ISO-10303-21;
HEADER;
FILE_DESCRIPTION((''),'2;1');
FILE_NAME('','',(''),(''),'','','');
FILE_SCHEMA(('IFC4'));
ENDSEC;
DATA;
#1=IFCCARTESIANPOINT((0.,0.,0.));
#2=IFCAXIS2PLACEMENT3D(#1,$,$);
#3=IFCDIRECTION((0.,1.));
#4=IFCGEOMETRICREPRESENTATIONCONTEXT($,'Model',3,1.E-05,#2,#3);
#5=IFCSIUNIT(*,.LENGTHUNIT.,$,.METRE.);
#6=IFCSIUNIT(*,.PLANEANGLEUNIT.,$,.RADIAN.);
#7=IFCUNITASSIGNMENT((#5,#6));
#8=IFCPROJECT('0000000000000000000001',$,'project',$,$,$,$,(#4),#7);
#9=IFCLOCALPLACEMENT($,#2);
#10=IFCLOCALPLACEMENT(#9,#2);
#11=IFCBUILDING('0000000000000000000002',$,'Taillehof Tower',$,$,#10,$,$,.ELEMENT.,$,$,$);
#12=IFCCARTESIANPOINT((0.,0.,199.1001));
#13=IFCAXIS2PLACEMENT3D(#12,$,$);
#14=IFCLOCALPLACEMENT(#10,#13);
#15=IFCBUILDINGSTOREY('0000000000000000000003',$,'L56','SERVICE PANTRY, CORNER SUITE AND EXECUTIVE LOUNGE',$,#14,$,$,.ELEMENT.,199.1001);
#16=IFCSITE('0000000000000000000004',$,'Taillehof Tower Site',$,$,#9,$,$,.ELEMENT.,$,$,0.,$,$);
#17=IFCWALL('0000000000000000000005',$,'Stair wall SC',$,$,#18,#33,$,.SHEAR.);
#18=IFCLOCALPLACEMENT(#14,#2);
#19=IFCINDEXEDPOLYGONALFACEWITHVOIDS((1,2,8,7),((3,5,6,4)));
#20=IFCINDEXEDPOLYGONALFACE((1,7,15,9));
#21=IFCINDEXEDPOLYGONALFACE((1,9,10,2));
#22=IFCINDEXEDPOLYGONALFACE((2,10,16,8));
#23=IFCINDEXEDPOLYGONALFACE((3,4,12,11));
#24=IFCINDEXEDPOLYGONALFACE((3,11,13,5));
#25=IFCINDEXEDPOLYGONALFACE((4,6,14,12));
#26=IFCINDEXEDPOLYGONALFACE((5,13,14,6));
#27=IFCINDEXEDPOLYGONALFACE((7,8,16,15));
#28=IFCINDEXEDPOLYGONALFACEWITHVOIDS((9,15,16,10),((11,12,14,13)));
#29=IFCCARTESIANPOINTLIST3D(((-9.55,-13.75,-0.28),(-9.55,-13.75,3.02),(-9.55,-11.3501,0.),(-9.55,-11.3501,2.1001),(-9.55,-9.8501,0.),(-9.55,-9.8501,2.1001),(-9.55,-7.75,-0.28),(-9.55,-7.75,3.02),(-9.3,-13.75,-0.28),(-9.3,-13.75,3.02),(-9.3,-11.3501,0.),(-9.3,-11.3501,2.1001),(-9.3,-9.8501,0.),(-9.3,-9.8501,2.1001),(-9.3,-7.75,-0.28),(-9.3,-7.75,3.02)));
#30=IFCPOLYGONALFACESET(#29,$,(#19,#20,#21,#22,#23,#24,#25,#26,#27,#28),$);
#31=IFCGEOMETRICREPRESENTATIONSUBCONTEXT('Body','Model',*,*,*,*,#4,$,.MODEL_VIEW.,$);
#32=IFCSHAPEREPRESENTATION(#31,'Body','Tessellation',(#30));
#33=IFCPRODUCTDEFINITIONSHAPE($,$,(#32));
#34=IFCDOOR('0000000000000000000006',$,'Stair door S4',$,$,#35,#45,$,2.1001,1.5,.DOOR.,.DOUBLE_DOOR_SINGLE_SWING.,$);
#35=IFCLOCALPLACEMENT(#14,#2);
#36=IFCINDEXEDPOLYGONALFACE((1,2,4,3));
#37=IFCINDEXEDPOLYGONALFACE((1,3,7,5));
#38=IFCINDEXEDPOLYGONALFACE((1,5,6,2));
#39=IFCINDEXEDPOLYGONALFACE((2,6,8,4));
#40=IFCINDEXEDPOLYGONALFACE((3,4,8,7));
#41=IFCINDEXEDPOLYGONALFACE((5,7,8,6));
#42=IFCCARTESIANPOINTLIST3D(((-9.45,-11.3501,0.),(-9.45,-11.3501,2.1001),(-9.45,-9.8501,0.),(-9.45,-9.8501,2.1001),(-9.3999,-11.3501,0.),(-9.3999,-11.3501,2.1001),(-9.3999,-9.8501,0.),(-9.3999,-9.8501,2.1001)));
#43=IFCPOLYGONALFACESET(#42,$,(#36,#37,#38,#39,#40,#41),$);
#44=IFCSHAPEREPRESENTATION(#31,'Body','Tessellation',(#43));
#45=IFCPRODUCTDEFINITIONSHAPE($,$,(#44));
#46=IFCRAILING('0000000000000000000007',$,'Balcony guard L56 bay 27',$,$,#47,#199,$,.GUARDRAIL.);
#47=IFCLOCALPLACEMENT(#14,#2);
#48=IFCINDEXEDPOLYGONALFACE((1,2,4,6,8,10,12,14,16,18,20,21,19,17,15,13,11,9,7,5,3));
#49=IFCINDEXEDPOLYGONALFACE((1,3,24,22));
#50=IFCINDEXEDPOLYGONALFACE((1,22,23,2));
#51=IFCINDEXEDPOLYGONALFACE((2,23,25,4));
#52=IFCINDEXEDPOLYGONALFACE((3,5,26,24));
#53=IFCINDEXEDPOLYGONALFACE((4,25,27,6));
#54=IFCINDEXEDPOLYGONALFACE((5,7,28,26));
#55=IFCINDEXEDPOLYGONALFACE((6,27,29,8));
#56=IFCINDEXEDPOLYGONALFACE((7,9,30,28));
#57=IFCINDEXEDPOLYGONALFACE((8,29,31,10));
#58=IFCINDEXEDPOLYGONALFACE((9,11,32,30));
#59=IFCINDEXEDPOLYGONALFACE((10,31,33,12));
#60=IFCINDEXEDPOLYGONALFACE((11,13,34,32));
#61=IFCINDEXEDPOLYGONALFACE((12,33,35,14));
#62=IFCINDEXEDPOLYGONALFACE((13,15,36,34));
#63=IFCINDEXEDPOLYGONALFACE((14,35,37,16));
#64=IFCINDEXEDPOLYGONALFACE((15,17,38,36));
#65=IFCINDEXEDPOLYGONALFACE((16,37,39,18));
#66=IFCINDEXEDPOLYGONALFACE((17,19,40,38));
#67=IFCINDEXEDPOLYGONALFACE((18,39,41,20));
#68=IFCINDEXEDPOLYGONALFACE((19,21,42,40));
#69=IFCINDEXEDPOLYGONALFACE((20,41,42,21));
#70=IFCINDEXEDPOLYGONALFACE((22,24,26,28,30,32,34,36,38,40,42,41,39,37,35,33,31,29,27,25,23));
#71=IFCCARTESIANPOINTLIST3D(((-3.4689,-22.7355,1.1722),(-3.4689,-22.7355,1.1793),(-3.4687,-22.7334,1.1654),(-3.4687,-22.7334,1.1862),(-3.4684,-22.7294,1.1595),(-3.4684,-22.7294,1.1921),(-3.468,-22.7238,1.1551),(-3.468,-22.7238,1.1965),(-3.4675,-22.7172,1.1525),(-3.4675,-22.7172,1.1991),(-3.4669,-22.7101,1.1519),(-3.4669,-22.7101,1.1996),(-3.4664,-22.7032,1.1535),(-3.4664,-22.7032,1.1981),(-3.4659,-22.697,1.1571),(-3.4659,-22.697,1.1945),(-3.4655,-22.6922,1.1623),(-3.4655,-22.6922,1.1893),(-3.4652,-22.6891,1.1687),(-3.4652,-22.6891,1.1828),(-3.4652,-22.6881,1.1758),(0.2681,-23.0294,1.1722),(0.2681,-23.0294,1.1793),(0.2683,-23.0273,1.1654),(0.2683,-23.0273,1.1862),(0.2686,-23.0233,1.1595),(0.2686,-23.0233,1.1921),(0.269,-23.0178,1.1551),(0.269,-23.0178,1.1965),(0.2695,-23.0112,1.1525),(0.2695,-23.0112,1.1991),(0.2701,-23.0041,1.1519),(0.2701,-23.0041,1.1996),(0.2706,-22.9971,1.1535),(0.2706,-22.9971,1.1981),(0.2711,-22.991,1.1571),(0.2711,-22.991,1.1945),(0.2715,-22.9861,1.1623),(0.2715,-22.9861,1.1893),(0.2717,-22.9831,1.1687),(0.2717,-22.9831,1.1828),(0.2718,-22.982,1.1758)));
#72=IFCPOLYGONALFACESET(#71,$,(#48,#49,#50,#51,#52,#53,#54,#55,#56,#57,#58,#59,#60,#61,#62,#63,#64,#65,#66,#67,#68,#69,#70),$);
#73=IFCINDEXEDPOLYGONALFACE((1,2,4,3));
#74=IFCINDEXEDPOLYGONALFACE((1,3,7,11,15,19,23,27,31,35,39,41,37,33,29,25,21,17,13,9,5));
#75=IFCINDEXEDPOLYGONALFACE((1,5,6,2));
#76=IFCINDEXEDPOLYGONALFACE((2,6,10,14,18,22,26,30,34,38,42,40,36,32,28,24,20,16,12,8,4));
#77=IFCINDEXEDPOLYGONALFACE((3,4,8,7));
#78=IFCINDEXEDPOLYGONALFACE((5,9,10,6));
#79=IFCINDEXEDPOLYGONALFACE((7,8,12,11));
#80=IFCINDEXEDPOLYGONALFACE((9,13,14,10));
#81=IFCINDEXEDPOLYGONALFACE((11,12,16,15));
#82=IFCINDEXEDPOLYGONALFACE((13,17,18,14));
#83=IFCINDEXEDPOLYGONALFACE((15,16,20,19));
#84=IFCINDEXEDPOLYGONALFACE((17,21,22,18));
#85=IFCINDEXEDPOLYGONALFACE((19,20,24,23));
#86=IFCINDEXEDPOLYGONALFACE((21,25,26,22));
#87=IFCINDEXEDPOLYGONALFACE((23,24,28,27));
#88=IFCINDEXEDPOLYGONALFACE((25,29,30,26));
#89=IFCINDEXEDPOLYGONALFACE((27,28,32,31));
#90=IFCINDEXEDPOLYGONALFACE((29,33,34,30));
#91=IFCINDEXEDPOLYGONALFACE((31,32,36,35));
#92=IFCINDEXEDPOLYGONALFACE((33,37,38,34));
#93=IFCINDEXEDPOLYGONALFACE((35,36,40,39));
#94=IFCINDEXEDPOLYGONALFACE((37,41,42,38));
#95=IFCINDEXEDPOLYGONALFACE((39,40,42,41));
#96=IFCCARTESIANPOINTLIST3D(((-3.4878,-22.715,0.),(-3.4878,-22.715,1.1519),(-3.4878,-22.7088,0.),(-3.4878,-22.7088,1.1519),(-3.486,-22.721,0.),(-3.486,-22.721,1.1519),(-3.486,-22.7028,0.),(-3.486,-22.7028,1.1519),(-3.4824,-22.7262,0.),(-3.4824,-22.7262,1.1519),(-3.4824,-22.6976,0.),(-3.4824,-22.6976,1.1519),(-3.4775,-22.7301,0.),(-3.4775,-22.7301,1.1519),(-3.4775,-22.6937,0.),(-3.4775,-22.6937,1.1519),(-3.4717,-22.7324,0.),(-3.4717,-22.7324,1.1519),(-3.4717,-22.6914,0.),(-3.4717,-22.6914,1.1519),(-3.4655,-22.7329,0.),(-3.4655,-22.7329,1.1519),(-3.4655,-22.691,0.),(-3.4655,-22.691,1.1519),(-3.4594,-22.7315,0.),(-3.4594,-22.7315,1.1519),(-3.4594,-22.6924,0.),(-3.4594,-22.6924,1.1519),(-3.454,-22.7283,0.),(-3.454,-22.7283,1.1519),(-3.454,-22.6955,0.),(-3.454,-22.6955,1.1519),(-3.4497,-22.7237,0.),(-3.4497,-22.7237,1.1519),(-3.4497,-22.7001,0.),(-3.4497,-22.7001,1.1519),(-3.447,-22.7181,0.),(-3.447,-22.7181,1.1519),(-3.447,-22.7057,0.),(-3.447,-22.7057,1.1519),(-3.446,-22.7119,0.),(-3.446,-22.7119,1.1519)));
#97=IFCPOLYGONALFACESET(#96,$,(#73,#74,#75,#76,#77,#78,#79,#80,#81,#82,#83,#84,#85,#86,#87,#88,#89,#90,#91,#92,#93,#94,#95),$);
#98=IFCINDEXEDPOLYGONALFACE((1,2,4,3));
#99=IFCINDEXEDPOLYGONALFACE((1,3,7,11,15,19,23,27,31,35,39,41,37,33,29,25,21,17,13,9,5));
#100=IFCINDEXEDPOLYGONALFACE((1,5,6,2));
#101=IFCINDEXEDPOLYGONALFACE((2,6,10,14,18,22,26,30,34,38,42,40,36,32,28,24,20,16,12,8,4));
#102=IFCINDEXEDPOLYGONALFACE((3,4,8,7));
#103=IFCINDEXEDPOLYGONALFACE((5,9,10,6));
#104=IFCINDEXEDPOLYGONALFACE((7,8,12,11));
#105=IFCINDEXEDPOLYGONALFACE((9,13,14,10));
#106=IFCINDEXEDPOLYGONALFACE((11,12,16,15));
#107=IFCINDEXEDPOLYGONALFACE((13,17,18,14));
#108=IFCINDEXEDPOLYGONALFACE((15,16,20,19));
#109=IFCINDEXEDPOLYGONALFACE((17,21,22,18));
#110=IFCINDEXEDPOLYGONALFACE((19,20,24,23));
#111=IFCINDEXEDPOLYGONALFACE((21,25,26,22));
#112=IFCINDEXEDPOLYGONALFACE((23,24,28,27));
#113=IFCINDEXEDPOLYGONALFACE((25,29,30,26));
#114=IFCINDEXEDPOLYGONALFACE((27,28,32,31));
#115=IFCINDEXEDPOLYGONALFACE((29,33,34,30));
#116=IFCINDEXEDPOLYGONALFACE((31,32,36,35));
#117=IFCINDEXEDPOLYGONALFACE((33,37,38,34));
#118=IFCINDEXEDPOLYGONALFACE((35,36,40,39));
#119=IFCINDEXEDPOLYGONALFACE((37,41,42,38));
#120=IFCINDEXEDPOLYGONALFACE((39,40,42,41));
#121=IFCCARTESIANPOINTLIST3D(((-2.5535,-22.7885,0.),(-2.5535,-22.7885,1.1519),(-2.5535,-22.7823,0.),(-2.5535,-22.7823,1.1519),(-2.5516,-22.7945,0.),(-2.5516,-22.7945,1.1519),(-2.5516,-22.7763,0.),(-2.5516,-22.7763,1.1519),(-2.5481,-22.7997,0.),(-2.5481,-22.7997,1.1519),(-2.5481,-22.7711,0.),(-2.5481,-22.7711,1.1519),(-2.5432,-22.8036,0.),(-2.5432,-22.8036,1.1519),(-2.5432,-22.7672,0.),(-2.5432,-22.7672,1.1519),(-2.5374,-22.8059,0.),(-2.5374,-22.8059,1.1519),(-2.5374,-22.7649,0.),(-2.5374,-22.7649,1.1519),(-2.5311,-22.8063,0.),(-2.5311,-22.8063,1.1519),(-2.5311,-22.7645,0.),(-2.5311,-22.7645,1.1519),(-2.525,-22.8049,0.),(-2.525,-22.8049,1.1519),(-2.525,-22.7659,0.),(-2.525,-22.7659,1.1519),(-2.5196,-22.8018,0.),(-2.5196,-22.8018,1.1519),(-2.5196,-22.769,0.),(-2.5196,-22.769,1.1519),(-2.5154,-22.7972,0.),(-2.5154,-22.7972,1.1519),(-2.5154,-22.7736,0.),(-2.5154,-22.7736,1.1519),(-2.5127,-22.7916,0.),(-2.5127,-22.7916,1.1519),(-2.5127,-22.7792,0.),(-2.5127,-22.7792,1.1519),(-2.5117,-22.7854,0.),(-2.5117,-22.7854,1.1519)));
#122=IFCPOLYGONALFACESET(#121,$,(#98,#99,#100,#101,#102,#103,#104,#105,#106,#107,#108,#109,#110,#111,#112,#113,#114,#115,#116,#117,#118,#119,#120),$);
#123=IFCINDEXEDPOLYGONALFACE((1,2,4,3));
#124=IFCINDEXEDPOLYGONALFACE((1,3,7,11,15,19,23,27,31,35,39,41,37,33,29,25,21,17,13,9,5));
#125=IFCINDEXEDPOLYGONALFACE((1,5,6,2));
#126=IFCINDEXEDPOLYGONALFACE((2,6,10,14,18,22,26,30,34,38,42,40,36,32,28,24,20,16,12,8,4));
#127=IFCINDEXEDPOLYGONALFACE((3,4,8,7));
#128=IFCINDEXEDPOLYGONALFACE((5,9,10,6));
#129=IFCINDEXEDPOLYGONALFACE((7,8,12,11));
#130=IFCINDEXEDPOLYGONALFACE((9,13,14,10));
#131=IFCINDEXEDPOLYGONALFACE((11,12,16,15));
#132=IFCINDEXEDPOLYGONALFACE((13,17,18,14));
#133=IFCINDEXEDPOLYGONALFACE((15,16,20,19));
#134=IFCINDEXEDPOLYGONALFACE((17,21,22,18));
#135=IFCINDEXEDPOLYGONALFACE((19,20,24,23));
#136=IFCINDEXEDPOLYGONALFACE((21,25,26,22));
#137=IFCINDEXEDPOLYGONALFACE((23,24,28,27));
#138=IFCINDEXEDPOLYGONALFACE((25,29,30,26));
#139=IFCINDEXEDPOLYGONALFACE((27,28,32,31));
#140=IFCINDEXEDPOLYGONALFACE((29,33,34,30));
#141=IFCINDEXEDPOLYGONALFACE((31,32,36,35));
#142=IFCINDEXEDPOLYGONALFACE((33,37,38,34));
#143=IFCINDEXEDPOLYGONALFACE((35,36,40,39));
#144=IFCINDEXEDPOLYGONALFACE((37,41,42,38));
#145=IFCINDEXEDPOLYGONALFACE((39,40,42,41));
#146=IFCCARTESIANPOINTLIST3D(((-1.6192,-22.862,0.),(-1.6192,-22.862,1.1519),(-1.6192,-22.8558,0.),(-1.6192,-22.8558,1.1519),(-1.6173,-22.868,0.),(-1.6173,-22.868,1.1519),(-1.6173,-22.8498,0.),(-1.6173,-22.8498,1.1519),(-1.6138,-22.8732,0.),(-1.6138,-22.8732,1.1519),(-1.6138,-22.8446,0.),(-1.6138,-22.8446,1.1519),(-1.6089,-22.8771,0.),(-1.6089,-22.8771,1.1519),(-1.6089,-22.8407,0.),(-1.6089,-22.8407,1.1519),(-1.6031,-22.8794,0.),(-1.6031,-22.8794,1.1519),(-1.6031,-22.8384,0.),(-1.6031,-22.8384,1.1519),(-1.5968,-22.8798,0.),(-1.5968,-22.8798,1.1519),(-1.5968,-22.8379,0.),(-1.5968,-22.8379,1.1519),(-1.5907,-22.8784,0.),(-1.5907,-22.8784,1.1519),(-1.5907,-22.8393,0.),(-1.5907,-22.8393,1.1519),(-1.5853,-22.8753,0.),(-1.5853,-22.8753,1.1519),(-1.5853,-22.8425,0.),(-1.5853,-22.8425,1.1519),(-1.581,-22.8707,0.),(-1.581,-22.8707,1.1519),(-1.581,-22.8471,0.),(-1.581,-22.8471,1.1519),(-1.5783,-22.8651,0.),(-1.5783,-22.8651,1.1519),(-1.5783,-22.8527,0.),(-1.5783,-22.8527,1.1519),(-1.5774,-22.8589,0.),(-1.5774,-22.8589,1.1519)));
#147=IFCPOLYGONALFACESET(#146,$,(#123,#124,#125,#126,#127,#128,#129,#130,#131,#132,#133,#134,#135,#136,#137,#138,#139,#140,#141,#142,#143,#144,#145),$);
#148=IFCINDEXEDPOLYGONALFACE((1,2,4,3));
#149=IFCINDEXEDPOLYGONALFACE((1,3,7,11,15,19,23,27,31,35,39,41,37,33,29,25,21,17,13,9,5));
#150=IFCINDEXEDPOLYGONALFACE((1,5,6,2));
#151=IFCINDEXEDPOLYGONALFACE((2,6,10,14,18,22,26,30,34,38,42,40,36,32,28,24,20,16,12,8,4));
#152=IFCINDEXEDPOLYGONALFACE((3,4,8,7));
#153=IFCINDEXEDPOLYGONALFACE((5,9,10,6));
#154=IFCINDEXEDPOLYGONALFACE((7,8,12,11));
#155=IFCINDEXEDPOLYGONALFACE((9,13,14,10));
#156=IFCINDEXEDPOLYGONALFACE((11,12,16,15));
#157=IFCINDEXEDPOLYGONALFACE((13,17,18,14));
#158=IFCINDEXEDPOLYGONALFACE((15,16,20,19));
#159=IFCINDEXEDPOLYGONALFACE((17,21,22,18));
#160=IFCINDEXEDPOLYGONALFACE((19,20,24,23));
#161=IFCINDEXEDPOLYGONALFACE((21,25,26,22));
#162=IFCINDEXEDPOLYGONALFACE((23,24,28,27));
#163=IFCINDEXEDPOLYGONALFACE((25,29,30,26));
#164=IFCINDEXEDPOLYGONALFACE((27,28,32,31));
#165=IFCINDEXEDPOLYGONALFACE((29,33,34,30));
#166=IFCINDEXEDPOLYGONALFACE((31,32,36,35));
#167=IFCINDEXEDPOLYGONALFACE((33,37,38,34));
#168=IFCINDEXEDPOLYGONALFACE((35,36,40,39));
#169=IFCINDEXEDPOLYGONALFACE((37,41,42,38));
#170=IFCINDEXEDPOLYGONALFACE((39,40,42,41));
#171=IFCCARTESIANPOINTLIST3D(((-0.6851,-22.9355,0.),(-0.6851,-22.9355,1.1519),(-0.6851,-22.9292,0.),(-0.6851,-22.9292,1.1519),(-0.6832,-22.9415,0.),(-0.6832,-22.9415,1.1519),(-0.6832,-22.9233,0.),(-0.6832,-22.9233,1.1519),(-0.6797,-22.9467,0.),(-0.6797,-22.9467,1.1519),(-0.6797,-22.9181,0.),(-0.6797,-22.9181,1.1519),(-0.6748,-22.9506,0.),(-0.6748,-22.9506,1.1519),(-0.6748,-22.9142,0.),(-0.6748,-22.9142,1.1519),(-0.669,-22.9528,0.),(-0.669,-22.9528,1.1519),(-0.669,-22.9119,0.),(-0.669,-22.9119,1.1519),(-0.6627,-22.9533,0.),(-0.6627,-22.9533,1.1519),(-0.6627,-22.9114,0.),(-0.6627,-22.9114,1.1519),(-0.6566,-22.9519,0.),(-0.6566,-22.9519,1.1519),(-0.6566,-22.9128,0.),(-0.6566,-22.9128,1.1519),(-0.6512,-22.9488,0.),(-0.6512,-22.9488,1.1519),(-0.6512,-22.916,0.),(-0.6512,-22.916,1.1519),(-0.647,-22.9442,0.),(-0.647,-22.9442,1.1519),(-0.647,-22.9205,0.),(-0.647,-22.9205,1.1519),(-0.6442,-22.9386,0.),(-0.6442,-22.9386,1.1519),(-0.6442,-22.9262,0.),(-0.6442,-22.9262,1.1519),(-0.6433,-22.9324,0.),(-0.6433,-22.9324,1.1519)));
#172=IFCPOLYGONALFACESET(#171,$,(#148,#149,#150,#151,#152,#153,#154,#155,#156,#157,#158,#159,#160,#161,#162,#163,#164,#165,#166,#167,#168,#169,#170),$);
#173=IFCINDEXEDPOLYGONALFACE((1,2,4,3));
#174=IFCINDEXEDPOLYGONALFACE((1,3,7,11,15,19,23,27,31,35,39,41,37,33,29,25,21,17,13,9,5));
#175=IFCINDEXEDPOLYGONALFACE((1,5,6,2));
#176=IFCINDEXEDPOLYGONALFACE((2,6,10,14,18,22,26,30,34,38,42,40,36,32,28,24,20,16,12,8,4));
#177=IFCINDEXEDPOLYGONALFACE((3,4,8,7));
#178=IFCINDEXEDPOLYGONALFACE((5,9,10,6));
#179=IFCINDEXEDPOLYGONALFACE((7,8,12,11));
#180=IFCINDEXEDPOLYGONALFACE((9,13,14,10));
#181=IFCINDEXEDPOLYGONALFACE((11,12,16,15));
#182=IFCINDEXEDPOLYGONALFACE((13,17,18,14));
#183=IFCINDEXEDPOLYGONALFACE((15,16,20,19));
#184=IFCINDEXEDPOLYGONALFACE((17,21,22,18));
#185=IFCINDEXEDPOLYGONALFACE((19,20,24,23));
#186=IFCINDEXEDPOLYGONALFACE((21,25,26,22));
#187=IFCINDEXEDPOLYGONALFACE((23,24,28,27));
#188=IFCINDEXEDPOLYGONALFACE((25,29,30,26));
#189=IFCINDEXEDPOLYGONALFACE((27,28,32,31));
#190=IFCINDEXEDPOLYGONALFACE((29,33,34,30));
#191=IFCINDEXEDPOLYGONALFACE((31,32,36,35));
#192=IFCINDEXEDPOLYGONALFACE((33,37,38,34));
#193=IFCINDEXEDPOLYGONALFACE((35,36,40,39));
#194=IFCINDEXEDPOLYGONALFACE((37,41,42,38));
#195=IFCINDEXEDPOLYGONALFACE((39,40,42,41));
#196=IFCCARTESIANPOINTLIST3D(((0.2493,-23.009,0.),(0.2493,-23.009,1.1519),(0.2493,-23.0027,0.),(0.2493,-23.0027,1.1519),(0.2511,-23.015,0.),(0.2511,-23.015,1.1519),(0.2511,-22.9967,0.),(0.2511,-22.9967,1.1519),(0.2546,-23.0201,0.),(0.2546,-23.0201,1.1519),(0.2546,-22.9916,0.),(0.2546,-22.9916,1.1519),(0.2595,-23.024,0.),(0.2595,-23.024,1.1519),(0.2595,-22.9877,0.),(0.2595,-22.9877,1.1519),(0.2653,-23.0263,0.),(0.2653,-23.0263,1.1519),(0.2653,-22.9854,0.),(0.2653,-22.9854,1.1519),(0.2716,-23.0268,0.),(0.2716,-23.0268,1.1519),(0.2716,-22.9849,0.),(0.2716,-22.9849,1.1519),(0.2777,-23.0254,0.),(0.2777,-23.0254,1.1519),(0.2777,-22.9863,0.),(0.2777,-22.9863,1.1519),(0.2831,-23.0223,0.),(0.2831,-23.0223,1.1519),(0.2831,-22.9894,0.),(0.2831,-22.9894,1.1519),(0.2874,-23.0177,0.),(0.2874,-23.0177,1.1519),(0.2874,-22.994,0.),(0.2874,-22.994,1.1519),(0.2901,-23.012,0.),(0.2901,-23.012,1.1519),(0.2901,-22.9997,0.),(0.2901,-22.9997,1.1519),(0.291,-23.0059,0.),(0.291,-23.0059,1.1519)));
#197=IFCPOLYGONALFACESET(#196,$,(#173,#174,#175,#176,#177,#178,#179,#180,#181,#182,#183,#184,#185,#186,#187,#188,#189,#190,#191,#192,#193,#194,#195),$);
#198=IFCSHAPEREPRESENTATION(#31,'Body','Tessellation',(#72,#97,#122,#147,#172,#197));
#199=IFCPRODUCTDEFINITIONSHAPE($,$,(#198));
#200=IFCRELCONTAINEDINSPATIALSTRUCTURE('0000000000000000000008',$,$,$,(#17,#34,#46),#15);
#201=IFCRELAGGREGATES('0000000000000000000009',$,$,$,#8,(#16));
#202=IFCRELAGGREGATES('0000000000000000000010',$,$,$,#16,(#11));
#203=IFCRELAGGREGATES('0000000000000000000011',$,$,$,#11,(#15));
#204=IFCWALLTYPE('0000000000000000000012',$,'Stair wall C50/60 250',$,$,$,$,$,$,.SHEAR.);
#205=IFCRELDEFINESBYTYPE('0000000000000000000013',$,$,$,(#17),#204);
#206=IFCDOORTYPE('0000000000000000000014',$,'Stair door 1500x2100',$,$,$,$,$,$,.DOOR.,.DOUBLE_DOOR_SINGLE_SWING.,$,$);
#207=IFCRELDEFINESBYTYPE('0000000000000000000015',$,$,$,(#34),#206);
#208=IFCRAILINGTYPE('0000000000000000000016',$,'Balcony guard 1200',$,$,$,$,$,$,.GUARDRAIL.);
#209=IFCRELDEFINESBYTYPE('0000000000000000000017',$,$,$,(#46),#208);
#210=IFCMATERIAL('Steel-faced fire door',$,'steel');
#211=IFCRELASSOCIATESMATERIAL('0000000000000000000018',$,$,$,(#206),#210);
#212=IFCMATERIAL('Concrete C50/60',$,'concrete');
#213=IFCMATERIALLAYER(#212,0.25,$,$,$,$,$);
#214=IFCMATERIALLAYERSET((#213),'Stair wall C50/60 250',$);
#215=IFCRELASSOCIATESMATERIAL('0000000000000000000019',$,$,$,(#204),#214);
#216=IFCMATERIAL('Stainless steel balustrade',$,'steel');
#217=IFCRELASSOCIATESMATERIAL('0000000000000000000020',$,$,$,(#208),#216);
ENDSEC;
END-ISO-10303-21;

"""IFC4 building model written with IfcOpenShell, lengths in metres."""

from ifc_helpers import new_model, si_unit, direction, frame, frame_2d, origin, origin_2d, place, context, subcontext, project, spatial, rectangle, circle, extrude, material, layer, layer_set, type_object, element, fill, save


model = new_model("IFC4")

# Units and contexts
model_context = context("Model", 3, precision=1e-05, world=origin(), true_north=direction((0.0, 1.0)))
body_context = subcontext(model_context, "Body", "Model", "MODEL_VIEW")
ifc_project = project(units=[si_unit("LENGTHUNIT", "METRE"), si_unit("PLANEANGLEUNIT", "RADIAN")], contexts=[model_context])

# Site, building, storey
site_placement = place(None, origin())
site = spatial("IfcSite", under=ifc_project, at=site_placement, Name="Taillehof Tower Site", CompositionType="ELEMENT", RefElevation=0.0)
building_placement = place(site_placement, origin())
building = spatial("IfcBuilding", under=site, at=building_placement, Name="Taillehof Tower", CompositionType="ELEMENT")
storey_placement = place(building_placement, frame((0.0, 0.0, 199.1001)))
storey = spatial("IfcBuildingStorey", under=building, at=storey_placement, Name="L56", Description="SERVICE PANTRY, CORNER SUITE AND EXECUTIVE LOUNGE", CompositionType="ELEMENT", Elevation=199.1001)

# Wall, opening, door
ifc_material_1 = material(Name="Steel-faced fire door", Category="steel")
door_type_1 = type_object("IfcDoorType", Name="Stair door 1500x2100", OperationType="DOUBLE_DOOR_SINGLE_SWING", PredefinedType="DOOR", material=ifc_material_1)
ifc_material_2 = material(Name="Concrete C50/60", Category="concrete")
ifc_layer_1 = layer(ifc_material_2, 0.25)
ifc_layer_set_1 = layer_set([ifc_layer_1], Name="Stair wall C50/60 250")
wall_type_1 = type_object("IfcWallType", Name="Stair wall C50/60 250", PredefinedType="SHEAR", material=ifc_layer_set_1)
wall_1_placement = place(storey_placement, frame((-9.425, -13.75, -0.28), z_axis=(0.0, 0.0, 1.0), x_axis=(0.0, 1.0, 0.0)))
wall_1 = element("IfcWall", 1, at=wall_1_placement, inside=storey, type_object=wall_type_1, Name="Stair wall SC", PredefinedType="SHEAR", context=body_context, shape_type="SweptSolid", body=[
    extrude(rectangle(XDim=6.0, YDim=0.25, at=frame_2d((3.0, 0.0))), origin(), (0.0, 0.0, 1.0), 3.3),
])
opening_1_placement = place(wall_1_placement, frame((2.3999, 0.0, 0.28)))
opening_1 = element("IfcOpeningElement", 2, at=opening_1_placement, cuts=wall_1, PredefinedType="OPENING", context=body_context, shape_type="SweptSolid", body=[
    extrude(rectangle(XDim=1.5, YDim=2.1001, at=frame_2d((0.75, 1.05))), frame((0.0, 0.135, 0.0), z_axis=(0.0, -1.0, 0.0), x_axis=(1.0, 0.0, 0.0)), (0.0, 0.0, 1.0), 0.27),
])
door_1_placement = place(opening_1_placement, origin())
door_1 = element("IfcDoor", 3, at=door_1_placement, inside=storey, type_object=door_type_1, Name="Stair door S4", OperationType="DOUBLE_DOOR_SINGLE_SWING", OverallHeight=2.1001, OverallWidth=1.5, PredefinedType="DOOR", context=body_context, shape_type="SweptSolid", body=[
    extrude(rectangle(XDim=1.5, YDim=2.1001, at=frame_2d((0.75, 1.05))), frame((0.0, 0.0249, 0.0), z_axis=(0.0, -1.0, 0.0), x_axis=(1.0, 0.0, 0.0)), (0.0, 0.0, 1.0), 0.05),
])
fill(opening_1, door_1)

# Railing
ifc_material_3 = material(Name="Stainless steel balustrade", Category="steel")
railing_type = type_object("IfcRailingType", Name="Balcony guard 1200", PredefinedType="GUARDRAIL", material=ifc_material_3)
railing_placement = place(storey_placement, frame((-3.467, -22.7119, 0.0)))
element("IfcRailing", 4, at=railing_placement, inside=storey, type_object=railing_type, Name="Balcony guard L56 bay 27", PredefinedType="GUARDRAIL", context=body_context, shape_type="SweptSolid", body=[
    extrude(circle(Radius=0.0239, at=origin_2d()), frame((0.0, 0.0, 1.1758), z_axis=(0.996921, -0.078415, 0.0), x_axis=(0.078415, 0.996921, 0.0)), (0.0, 0.0, 1.0), 3.7485),
    extrude(circle(Radius=0.021, at=origin_2d()), origin(), (0.0, 0.0, 1.0), 1.1519),
    extrude(circle(Radius=0.021, at=origin_2d()), frame((0.9343, -0.0735, 0.0)), (0.0, 0.0, 1.0), 1.1519),
    extrude(circle(Radius=0.021, at=origin_2d()), frame((1.8687, -0.147, 0.0)), (0.0, 0.0, 1.0), 1.1519),
    extrude(circle(Radius=0.021, at=origin_2d()), frame((2.8027, -0.2205, 0.0)), (0.0, 0.0, 1.0), 1.1519),
    extrude(circle(Radius=0.021, at=origin_2d()), frame((3.7371, -0.2939, 0.0)), (0.0, 0.0, 1.0), 1.1519),
])

save(model, "model.ifc")
